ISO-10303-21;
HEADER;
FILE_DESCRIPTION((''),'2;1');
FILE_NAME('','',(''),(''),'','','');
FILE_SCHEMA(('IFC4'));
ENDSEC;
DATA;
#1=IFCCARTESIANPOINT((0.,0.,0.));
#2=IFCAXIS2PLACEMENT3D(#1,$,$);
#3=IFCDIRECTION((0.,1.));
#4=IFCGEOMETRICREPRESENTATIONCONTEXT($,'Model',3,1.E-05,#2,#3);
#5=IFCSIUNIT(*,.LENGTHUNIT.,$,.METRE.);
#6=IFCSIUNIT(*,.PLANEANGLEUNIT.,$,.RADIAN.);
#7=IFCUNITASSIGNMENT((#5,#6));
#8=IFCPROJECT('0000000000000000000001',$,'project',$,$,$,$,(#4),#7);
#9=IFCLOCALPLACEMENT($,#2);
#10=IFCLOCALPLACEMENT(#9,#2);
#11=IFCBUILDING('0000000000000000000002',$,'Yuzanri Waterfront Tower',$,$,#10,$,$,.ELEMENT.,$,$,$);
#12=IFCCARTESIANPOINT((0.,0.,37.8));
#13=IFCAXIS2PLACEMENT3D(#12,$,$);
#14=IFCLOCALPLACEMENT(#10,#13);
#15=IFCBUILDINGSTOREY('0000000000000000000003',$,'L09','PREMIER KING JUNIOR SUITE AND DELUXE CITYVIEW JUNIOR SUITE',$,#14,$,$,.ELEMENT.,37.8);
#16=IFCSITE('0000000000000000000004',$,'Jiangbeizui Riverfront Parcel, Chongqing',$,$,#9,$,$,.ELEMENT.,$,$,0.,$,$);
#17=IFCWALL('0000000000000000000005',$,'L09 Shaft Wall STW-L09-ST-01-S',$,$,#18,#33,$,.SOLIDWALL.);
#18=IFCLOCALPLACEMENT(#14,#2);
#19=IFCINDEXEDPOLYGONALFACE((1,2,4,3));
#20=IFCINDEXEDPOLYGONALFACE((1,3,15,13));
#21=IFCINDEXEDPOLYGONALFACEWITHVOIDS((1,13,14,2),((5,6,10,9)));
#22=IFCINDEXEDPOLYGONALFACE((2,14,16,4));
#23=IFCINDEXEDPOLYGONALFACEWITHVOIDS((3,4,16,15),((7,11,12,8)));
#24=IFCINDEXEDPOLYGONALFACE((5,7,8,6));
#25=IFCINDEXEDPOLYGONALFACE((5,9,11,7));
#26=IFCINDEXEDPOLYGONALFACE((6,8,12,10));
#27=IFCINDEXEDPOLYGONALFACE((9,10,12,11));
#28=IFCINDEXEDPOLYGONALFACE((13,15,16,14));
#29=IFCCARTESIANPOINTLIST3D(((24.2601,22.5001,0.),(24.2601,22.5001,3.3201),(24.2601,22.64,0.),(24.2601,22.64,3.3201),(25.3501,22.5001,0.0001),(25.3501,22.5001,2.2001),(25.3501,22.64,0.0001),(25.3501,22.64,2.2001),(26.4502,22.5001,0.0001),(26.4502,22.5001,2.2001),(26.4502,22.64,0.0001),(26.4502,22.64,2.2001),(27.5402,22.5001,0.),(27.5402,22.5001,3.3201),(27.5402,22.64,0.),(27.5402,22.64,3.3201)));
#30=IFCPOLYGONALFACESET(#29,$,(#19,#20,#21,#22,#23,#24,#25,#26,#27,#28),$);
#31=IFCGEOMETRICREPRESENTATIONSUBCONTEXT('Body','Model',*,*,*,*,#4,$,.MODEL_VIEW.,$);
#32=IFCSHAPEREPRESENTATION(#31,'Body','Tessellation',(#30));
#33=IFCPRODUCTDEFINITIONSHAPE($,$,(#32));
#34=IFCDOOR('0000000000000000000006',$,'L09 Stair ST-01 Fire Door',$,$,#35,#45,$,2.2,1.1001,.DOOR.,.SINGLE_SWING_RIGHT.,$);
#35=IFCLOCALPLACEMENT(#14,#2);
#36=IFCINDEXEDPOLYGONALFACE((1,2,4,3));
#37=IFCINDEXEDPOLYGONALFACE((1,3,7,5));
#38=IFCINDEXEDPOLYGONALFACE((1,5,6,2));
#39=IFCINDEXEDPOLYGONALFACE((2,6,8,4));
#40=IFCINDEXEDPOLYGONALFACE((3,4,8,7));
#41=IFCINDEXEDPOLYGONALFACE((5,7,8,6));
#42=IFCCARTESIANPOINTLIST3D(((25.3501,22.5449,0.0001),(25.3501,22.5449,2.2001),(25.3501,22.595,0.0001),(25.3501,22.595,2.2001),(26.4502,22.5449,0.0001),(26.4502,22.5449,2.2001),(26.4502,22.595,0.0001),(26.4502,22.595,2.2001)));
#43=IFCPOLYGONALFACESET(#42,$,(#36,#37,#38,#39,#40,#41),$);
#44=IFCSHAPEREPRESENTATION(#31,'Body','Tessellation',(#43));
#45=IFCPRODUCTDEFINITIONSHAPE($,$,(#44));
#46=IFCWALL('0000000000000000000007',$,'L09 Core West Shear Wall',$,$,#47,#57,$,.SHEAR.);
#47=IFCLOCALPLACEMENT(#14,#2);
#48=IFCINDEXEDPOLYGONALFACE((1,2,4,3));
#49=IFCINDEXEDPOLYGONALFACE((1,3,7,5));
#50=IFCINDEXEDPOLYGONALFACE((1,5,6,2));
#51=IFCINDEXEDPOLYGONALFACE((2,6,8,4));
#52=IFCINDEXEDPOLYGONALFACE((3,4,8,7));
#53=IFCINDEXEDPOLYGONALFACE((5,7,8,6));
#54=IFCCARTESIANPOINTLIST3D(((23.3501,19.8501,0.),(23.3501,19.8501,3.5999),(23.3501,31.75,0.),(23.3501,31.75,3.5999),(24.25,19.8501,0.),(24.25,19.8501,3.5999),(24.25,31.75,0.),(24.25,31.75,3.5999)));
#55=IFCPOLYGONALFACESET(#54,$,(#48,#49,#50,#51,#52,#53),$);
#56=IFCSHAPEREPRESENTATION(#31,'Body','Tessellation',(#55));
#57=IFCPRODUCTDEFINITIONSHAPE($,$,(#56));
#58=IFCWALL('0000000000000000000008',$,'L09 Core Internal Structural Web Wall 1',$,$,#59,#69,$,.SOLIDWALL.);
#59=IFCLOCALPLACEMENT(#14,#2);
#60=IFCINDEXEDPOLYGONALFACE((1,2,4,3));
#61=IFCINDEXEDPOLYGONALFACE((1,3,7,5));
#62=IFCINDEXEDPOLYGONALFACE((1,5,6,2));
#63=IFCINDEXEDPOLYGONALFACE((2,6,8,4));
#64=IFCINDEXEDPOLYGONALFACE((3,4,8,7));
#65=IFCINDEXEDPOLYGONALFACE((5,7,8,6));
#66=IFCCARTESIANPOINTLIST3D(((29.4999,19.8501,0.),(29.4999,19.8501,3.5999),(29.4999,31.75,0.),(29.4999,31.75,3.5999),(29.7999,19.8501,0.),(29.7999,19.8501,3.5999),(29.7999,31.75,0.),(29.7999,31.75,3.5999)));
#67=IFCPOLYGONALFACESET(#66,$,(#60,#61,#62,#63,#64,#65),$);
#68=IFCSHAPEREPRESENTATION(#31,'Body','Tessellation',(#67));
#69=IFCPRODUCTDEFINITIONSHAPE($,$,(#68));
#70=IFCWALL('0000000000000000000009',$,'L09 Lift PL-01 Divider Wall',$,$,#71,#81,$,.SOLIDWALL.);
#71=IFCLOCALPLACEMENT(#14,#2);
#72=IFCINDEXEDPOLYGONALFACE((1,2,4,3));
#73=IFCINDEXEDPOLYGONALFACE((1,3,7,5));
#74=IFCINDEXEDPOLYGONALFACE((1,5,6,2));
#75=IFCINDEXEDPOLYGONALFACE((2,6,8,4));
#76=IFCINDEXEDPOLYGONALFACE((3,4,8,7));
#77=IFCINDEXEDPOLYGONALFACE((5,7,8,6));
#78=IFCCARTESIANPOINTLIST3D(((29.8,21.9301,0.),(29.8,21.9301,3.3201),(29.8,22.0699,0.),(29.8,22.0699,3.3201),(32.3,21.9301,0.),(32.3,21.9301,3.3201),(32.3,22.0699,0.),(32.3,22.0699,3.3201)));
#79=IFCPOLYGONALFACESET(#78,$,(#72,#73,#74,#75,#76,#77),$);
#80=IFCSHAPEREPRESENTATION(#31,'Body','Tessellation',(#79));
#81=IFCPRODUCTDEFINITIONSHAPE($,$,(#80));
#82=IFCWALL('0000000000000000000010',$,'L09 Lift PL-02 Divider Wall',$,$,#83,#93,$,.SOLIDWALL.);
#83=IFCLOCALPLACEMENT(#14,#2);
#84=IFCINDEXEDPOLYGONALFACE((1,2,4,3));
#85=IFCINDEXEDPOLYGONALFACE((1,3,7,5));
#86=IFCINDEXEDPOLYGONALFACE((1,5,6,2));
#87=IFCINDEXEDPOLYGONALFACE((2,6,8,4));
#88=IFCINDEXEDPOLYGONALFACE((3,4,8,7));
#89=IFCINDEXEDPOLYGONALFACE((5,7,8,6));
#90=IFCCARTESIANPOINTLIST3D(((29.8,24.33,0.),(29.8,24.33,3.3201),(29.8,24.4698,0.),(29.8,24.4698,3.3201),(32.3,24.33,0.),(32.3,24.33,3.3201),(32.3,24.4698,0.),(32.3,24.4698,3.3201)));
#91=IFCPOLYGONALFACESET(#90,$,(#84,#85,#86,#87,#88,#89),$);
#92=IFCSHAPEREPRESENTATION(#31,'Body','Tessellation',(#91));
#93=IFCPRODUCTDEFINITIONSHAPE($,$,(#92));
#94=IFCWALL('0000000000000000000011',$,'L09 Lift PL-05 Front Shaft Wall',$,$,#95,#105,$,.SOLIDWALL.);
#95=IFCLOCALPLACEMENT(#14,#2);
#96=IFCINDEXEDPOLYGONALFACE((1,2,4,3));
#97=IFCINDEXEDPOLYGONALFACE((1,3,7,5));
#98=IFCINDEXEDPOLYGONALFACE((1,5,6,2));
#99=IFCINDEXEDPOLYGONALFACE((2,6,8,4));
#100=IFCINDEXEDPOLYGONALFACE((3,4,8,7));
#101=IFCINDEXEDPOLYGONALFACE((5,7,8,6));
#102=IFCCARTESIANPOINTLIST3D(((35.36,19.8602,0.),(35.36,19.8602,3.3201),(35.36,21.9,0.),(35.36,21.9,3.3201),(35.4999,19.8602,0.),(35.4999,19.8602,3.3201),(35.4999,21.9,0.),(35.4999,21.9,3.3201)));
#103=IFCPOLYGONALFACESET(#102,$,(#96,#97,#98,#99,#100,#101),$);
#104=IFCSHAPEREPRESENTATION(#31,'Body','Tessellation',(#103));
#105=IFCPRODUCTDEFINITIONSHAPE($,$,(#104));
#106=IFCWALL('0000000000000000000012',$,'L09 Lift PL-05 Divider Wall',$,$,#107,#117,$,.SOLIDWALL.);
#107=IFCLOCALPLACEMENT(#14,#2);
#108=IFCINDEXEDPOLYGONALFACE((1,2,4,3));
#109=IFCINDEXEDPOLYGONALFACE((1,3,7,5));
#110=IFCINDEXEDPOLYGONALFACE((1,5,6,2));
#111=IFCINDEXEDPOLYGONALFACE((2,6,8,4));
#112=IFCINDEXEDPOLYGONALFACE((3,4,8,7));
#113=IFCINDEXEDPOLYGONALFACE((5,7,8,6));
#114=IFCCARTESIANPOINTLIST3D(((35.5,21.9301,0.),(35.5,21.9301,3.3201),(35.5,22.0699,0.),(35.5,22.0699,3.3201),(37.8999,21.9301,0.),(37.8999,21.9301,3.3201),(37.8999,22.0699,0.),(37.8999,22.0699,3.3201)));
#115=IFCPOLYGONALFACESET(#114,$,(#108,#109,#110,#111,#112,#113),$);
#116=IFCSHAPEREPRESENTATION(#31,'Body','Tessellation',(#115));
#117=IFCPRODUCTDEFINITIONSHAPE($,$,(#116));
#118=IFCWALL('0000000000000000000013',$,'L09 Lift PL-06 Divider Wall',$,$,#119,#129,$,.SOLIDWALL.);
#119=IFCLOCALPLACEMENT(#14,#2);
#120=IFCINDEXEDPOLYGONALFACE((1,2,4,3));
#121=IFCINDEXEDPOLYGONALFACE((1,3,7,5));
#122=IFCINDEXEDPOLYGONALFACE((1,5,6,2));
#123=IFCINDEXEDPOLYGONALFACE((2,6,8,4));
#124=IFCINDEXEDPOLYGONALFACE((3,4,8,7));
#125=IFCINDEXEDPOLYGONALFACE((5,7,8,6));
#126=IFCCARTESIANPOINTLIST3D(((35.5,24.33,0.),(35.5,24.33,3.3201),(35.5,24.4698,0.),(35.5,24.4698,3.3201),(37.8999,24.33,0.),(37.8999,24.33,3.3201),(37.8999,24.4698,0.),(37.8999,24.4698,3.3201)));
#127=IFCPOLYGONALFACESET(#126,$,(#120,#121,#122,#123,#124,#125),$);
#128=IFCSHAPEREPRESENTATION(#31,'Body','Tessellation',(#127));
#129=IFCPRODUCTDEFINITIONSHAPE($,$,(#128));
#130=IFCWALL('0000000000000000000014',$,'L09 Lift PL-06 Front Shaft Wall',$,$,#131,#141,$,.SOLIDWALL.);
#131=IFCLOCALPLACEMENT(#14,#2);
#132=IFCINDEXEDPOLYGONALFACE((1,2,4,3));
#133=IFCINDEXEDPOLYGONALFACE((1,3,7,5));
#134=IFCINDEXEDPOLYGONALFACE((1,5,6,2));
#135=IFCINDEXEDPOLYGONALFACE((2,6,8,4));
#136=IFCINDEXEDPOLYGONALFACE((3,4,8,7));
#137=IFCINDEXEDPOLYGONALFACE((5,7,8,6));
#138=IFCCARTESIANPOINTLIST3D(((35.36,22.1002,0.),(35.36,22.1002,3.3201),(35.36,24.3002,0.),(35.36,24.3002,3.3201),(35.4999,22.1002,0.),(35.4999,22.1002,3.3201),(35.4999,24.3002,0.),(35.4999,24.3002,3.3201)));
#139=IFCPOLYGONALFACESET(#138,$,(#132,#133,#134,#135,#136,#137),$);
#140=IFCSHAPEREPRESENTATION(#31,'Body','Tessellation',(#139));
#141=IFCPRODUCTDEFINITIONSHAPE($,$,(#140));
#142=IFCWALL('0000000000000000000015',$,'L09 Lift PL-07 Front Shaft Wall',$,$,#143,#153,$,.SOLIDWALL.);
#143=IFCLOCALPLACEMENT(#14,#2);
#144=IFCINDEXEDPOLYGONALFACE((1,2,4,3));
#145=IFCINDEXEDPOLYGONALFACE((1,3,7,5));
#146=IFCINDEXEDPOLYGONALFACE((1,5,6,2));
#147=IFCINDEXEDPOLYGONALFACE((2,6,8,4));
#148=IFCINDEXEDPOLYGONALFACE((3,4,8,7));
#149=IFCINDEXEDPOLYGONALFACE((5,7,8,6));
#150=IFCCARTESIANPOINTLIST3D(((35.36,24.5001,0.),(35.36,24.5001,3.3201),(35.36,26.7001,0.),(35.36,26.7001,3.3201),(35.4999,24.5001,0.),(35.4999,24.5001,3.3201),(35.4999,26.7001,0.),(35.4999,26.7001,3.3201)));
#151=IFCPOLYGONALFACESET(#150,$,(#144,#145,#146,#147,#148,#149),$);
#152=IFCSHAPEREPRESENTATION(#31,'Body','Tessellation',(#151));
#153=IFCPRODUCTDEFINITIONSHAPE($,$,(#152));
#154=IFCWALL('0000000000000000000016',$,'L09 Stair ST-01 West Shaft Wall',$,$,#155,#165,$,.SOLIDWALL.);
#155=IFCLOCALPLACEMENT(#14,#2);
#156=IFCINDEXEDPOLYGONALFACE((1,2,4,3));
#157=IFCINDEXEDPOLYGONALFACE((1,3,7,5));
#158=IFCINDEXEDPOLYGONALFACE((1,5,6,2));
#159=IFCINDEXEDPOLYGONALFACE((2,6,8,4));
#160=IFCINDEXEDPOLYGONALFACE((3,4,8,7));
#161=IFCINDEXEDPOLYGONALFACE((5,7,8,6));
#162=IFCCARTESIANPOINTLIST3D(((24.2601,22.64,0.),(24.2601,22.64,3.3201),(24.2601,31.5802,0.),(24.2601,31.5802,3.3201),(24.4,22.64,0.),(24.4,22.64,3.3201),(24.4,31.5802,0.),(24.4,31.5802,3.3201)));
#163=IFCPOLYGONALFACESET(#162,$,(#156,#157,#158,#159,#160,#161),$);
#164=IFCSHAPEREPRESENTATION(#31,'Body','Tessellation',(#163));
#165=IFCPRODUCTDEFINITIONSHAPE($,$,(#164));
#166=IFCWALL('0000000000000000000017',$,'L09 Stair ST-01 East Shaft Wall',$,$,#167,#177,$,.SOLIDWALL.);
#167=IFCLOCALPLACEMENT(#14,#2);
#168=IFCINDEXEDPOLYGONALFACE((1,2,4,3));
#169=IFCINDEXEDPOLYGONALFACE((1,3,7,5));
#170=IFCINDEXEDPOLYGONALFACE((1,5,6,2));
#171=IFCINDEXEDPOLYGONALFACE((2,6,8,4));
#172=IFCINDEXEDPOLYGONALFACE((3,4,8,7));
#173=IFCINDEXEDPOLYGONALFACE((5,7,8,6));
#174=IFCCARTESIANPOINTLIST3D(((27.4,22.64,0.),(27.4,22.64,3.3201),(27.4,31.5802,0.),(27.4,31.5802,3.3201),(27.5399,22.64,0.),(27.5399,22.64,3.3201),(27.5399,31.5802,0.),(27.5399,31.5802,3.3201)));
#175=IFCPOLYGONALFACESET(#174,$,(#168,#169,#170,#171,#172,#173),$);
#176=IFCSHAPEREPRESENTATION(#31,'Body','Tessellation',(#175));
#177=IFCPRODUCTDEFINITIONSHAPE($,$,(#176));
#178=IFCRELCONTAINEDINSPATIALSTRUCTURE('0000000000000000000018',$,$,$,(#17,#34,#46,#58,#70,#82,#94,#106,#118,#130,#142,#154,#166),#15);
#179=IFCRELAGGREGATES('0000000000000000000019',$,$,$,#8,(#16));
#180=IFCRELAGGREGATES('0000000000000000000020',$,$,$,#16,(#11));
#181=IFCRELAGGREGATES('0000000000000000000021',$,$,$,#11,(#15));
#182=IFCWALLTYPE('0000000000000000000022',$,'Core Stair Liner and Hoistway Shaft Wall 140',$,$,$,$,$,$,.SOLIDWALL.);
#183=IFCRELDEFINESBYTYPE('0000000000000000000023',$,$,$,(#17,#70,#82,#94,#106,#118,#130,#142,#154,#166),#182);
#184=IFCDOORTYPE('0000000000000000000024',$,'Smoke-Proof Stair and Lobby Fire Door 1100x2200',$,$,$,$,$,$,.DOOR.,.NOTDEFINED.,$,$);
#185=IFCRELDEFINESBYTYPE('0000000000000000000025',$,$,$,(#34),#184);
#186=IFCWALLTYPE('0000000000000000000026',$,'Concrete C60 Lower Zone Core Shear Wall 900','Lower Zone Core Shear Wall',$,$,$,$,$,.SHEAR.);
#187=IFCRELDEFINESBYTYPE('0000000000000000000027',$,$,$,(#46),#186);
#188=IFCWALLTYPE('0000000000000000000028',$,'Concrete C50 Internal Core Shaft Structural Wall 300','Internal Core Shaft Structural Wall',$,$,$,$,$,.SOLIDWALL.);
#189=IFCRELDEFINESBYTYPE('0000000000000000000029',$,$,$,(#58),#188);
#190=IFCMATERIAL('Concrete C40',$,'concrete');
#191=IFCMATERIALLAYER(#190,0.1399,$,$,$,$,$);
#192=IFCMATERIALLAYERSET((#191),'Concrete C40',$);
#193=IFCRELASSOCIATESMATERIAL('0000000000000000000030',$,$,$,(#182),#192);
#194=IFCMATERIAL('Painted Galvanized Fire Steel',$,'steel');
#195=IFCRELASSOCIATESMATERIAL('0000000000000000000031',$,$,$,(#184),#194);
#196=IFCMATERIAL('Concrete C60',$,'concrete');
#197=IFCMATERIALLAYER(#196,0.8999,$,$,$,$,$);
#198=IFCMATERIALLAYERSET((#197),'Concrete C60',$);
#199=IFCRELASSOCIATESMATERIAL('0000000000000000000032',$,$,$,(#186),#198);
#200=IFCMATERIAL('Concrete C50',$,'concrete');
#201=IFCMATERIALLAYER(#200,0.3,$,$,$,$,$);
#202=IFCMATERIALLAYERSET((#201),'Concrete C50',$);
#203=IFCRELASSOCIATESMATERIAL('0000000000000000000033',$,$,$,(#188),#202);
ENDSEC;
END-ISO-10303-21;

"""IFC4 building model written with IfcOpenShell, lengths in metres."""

from ifc_helpers import new_model, si_unit, direction, frame, frame_2d, origin, place, context, subcontext, project, spatial, rectangle, extrude, source, transform, mapped, material, layer, layer_set, type_object, element, fill, save


model = new_model("IFC4")

# Units and contexts
model_context = context("Model", 3, precision=1e-05, world=origin(), true_north=direction((0.0, 1.0)))
body_context = subcontext(model_context, "Body", "Model", "MODEL_VIEW")
ifc_project = project(units=[si_unit("LENGTHUNIT", "METRE"), si_unit("PLANEANGLEUNIT", "RADIAN")], contexts=[model_context])

# Site, building, storey
site_placement = place(None, origin())
site = spatial("IfcSite", under=ifc_project, at=site_placement, Name="Jiangbeizui Riverfront Parcel, Chongqing", CompositionType="ELEMENT", RefElevation=0.0)
building_placement = place(site_placement, origin())
building = spatial("IfcBuilding", under=site, at=building_placement, Name="Yuzanri Waterfront Tower", CompositionType="ELEMENT")
storey_placement = place(building_placement, frame((0.0, 0.0, 37.8)))
storey = spatial("IfcBuildingStorey", under=building, at=storey_placement, Name="L09", Description="PREMIER KING JUNIOR SUITE AND DELUXE CITYVIEW JUNIOR SUITE", CompositionType="ELEMENT", Elevation=37.8)

# Wall, opening, door
ifc_material_1 = material(Name="Concrete C40", Category="concrete")
ifc_layer_1 = layer(ifc_material_1, 0.1399)
ifc_layer_set_1 = layer_set([ifc_layer_1], Name="Concrete C40")
wall_type_1 = type_object("IfcWallType", Name="Core Stair Liner and Hoistway Shaft Wall 140", PredefinedType="SOLIDWALL", material=ifc_layer_set_1)
wall_1_placement = place(storey_placement, frame((24.26, 22.5701, 0.0), z_axis=(0.0, 0.0, 1.0), x_axis=(1.0, 0.0, 0.0)))
wall_1 = element("IfcWall", 1, at=wall_1_placement, inside=storey, type_object=wall_type_1, Name="L09 Shaft Wall STW-L09-ST-01-S", PredefinedType="SOLIDWALL", context=body_context, shape_type="SweptSolid", body=[
    extrude(rectangle(XDim=3.28, YDim=0.1399, at=frame_2d((1.6401, 0.0))), origin(), (0.0, 0.0, 1.0), 3.3201),
])
opening_1_placement = place(wall_1_placement, frame((1.0901, 0.0, 0.0)))
opening_1 = element("IfcOpeningElement", 2, at=opening_1_placement, cuts=wall_1, PredefinedType="OPENING", context=body_context, shape_type="SweptSolid", body=[
    extrude(rectangle(XDim=1.1001, YDim=2.2, at=frame_2d((0.55, 1.1001))), frame((0.0, 0.085, 0.0), z_axis=(0.0, -1.0, 0.0), x_axis=(1.0, 0.0, 0.0)), (0.0, 0.0, 1.0), 0.1697),
])
ifc_material_2 = material(Name="Painted Galvanized Fire Steel", Category="steel")
door_type_1 = type_object("IfcDoorType", Name="Smoke-Proof Stair and Lobby Fire Door 1100x2200", OperationType="NOTDEFINED", PredefinedType="DOOR", material=ifc_material_2)
shared_shape_1 = source(origin(), body_context, "Body", "SweptSolid", [
    extrude(rectangle(XDim=1.1001, YDim=2.2, at=frame_2d((0.55, 1.1001))), frame((0.0, 0.0249, 0.0), z_axis=(0.0, -1.0, 0.0), x_axis=(1.0, 0.0, 0.0)), (0.0, 0.0, 1.0), 0.05),
])
door_1_placement = place(opening_1_placement, origin())
door_1 = element("IfcDoor", 3, at=door_1_placement, inside=storey, type_object=door_type_1, Name="L09 Stair ST-01 Fire Door", OperationType="SINGLE_SWING_RIGHT", OverallHeight=2.2, OverallWidth=1.1001, PredefinedType="DOOR", context=body_context, shape_type="MappedRepresentation", body=[
    mapped(shared_shape_1, transform((0.0, 0.0, 0.0), scale=1.0)),
])
fill(opening_1, door_1)

# Walls
ifc_material_3 = material(Name="Concrete C60", Category="concrete")
ifc_layer_2 = layer(ifc_material_3, 0.8999)
ifc_layer_set_2 = layer_set([ifc_layer_2], Name="Concrete C60")
wall_type_2 = type_object("IfcWallType", Name="Concrete C60 Lower Zone Core Shear Wall 900", Description="Lower Zone Core Shear Wall", PredefinedType="SHEAR", material=ifc_layer_set_2)
shared_shape_2 = source(origin(), body_context, "Body", "SweptSolid", [
    extrude(rectangle(XDim=11.8999, YDim=0.8999, at=frame_2d((5.95, 0.0))), origin(), (0.0, 0.0, 1.0), 3.5999),
])
wall_2_placement = place(storey_placement, frame((23.8, 19.8501, 0.0), z_axis=(0.0, 0.0, 1.0), x_axis=(0.0, 1.0, 0.0)))
element("IfcWall", 4, at=wall_2_placement, inside=storey, type_object=wall_type_2, Name="L09 Core West Shear Wall", PredefinedType="SHEAR", context=body_context, shape_type="MappedRepresentation", body=[
    mapped(shared_shape_2, transform((0.0, 0.0, 0.0), scale=1.0)),
])
ifc_material_4 = material(Name="Concrete C50", Category="concrete")
ifc_layer_3 = layer(ifc_material_4, 0.3)
ifc_layer_set_3 = layer_set([ifc_layer_3], Name="Concrete C50")
wall_type_3 = type_object("IfcWallType", Name="Concrete C50 Internal Core Shaft Structural Wall 300", Description="Internal Core Shaft Structural Wall", PredefinedType="SOLIDWALL", material=ifc_layer_set_3)
shared_shape_3 = source(origin(), body_context, "Body", "SweptSolid", [
    extrude(rectangle(XDim=11.8999, YDim=0.3, at=frame_2d((5.95, 0.0))), origin(), (0.0, 0.0, 1.0), 3.5999),
])
wall_3_placement = place(storey_placement, frame((29.6499, 19.8501, 0.0), z_axis=(0.0, 0.0, 1.0), x_axis=(0.0, 1.0, 0.0)))
element("IfcWall", 5, at=wall_3_placement, inside=storey, type_object=wall_type_3, Name="L09 Core Internal Structural Web Wall 1", PredefinedType="SOLIDWALL", context=body_context, shape_type="MappedRepresentation", body=[
    mapped(shared_shape_3, transform((0.0, 0.0, 0.0), scale=1.0)),
])
shared_shape_4 = source(origin(), body_context, "Body", "SweptSolid", [
    extrude(rectangle(XDim=2.5, YDim=0.1399, at=frame_2d((1.25, 0.0))), origin(), (0.0, 0.0, 1.0), 3.3201),
])
for number, where, z_axis, x_axis, name in (
    (6, (29.8, 22.0, 0.0), (0.0, 0.0, 1.0), (1.0, 0.0, 0.0), "L09 Lift PL-01 Divider Wall"),
    (7, (29.8, 24.3999, 0.0), (0.0, 0.0, 1.0), (1.0, 0.0, 0.0), "L09 Lift PL-02 Divider Wall"),
):
    element("IfcWall", number, at=place(storey_placement, frame(where, z_axis=z_axis, x_axis=x_axis)), inside=storey, type_object=wall_type_1, Name=name, PredefinedType="SOLIDWALL", context=body_context, shape_type="MappedRepresentation", body=[
        mapped(shared_shape_4, transform((0.0, 0.0, 0.0), scale=1.0)),
    ])
shared_shape_5 = source(origin(), body_context, "Body", "SweptSolid", [
    extrude(rectangle(XDim=2.0398, YDim=0.1399, at=frame_2d((1.02, 0.0))), origin(), (0.0, 0.0, 1.0), 3.3201),
])
wall_4_placement = place(storey_placement, frame((35.4299, 19.8601, 0.0), z_axis=(0.0, 0.0, 1.0), x_axis=(0.0, 1.0, 0.0)))
element("IfcWall", 8, at=wall_4_placement, inside=storey, type_object=wall_type_1, Name="L09 Lift PL-05 Front Shaft Wall", PredefinedType="SOLIDWALL", context=body_context, shape_type="MappedRepresentation", body=[
    mapped(shared_shape_5, transform((0.0, 0.0, 0.0), scale=1.0)),
])
shared_shape_6 = source(origin(), body_context, "Body", "SweptSolid", [
    extrude(rectangle(XDim=2.3999, YDim=0.1399, at=frame_2d((1.2, 0.0))), origin(), (0.0, 0.0, 1.0), 3.3201),
])
for number, where, z_axis, x_axis, name in (
    (9, (35.5, 22.0, 0.0), (0.0, 0.0, 1.0), (1.0, 0.0, 0.0), "L09 Lift PL-05 Divider Wall"),
    (10, (35.5, 24.3999, 0.0), (0.0, 0.0, 1.0), (1.0, 0.0, 0.0), "L09 Lift PL-06 Divider Wall"),
):
    element("IfcWall", number, at=place(storey_placement, frame(where, z_axis=z_axis, x_axis=x_axis)), inside=storey, type_object=wall_type_1, Name=name, PredefinedType="SOLIDWALL", context=body_context, shape_type="MappedRepresentation", body=[
        mapped(shared_shape_6, transform((0.0, 0.0, 0.0), scale=1.0)),
    ])
shared_shape_7 = source(origin(), body_context, "Body", "SweptSolid", [
    extrude(rectangle(XDim=2.2, YDim=0.1399, at=frame_2d((1.1001, 0.0))), origin(), (0.0, 0.0, 1.0), 3.3201),
])
for number, where, z_axis, x_axis, name in (
    (11, (35.4299, 22.1001, 0.0), (0.0, 0.0, 1.0), (0.0, 1.0, 0.0), "L09 Lift PL-06 Front Shaft Wall"),
    (12, (35.4299, 24.5, 0.0), (0.0, 0.0, 1.0), (0.0, 1.0, 0.0), "L09 Lift PL-07 Front Shaft Wall"),
):
    element("IfcWall", number, at=place(storey_placement, frame(where, z_axis=z_axis, x_axis=x_axis)), inside=storey, type_object=wall_type_1, Name=name, PredefinedType="SOLIDWALL", context=body_context, shape_type="MappedRepresentation", body=[
        mapped(shared_shape_7, transform((0.0, 0.0, 0.0), scale=1.0)),
    ])
shared_shape_8 = source(origin(), body_context, "Body", "SweptSolid", [
    extrude(rectangle(XDim=8.9402, YDim=0.1399, at=frame_2d((4.4702, 0.0))), origin(), (0.0, 0.0, 1.0), 3.3201),
])
for number, where, z_axis, x_axis, name in (
    (13, (24.3301, 22.6399, 0.0), (0.0, 0.0, 1.0), (0.0, 1.0, 0.0), "L09 Stair ST-01 West Shaft Wall"),
    (14, (27.47, 22.6399, 0.0), (0.0, 0.0, 1.0), (0.0, 1.0, 0.0), "L09 Stair ST-01 East Shaft Wall"),
):
    element("IfcWall", number, at=place(storey_placement, frame(where, z_axis=z_axis, x_axis=x_axis)), inside=storey, type_object=wall_type_1, Name=name, PredefinedType="SOLIDWALL", context=body_context, shape_type="MappedRepresentation", body=[
        mapped(shared_shape_8, transform((0.0, 0.0, 0.0), scale=1.0)),
    ])

save(model, "model.ifc")
